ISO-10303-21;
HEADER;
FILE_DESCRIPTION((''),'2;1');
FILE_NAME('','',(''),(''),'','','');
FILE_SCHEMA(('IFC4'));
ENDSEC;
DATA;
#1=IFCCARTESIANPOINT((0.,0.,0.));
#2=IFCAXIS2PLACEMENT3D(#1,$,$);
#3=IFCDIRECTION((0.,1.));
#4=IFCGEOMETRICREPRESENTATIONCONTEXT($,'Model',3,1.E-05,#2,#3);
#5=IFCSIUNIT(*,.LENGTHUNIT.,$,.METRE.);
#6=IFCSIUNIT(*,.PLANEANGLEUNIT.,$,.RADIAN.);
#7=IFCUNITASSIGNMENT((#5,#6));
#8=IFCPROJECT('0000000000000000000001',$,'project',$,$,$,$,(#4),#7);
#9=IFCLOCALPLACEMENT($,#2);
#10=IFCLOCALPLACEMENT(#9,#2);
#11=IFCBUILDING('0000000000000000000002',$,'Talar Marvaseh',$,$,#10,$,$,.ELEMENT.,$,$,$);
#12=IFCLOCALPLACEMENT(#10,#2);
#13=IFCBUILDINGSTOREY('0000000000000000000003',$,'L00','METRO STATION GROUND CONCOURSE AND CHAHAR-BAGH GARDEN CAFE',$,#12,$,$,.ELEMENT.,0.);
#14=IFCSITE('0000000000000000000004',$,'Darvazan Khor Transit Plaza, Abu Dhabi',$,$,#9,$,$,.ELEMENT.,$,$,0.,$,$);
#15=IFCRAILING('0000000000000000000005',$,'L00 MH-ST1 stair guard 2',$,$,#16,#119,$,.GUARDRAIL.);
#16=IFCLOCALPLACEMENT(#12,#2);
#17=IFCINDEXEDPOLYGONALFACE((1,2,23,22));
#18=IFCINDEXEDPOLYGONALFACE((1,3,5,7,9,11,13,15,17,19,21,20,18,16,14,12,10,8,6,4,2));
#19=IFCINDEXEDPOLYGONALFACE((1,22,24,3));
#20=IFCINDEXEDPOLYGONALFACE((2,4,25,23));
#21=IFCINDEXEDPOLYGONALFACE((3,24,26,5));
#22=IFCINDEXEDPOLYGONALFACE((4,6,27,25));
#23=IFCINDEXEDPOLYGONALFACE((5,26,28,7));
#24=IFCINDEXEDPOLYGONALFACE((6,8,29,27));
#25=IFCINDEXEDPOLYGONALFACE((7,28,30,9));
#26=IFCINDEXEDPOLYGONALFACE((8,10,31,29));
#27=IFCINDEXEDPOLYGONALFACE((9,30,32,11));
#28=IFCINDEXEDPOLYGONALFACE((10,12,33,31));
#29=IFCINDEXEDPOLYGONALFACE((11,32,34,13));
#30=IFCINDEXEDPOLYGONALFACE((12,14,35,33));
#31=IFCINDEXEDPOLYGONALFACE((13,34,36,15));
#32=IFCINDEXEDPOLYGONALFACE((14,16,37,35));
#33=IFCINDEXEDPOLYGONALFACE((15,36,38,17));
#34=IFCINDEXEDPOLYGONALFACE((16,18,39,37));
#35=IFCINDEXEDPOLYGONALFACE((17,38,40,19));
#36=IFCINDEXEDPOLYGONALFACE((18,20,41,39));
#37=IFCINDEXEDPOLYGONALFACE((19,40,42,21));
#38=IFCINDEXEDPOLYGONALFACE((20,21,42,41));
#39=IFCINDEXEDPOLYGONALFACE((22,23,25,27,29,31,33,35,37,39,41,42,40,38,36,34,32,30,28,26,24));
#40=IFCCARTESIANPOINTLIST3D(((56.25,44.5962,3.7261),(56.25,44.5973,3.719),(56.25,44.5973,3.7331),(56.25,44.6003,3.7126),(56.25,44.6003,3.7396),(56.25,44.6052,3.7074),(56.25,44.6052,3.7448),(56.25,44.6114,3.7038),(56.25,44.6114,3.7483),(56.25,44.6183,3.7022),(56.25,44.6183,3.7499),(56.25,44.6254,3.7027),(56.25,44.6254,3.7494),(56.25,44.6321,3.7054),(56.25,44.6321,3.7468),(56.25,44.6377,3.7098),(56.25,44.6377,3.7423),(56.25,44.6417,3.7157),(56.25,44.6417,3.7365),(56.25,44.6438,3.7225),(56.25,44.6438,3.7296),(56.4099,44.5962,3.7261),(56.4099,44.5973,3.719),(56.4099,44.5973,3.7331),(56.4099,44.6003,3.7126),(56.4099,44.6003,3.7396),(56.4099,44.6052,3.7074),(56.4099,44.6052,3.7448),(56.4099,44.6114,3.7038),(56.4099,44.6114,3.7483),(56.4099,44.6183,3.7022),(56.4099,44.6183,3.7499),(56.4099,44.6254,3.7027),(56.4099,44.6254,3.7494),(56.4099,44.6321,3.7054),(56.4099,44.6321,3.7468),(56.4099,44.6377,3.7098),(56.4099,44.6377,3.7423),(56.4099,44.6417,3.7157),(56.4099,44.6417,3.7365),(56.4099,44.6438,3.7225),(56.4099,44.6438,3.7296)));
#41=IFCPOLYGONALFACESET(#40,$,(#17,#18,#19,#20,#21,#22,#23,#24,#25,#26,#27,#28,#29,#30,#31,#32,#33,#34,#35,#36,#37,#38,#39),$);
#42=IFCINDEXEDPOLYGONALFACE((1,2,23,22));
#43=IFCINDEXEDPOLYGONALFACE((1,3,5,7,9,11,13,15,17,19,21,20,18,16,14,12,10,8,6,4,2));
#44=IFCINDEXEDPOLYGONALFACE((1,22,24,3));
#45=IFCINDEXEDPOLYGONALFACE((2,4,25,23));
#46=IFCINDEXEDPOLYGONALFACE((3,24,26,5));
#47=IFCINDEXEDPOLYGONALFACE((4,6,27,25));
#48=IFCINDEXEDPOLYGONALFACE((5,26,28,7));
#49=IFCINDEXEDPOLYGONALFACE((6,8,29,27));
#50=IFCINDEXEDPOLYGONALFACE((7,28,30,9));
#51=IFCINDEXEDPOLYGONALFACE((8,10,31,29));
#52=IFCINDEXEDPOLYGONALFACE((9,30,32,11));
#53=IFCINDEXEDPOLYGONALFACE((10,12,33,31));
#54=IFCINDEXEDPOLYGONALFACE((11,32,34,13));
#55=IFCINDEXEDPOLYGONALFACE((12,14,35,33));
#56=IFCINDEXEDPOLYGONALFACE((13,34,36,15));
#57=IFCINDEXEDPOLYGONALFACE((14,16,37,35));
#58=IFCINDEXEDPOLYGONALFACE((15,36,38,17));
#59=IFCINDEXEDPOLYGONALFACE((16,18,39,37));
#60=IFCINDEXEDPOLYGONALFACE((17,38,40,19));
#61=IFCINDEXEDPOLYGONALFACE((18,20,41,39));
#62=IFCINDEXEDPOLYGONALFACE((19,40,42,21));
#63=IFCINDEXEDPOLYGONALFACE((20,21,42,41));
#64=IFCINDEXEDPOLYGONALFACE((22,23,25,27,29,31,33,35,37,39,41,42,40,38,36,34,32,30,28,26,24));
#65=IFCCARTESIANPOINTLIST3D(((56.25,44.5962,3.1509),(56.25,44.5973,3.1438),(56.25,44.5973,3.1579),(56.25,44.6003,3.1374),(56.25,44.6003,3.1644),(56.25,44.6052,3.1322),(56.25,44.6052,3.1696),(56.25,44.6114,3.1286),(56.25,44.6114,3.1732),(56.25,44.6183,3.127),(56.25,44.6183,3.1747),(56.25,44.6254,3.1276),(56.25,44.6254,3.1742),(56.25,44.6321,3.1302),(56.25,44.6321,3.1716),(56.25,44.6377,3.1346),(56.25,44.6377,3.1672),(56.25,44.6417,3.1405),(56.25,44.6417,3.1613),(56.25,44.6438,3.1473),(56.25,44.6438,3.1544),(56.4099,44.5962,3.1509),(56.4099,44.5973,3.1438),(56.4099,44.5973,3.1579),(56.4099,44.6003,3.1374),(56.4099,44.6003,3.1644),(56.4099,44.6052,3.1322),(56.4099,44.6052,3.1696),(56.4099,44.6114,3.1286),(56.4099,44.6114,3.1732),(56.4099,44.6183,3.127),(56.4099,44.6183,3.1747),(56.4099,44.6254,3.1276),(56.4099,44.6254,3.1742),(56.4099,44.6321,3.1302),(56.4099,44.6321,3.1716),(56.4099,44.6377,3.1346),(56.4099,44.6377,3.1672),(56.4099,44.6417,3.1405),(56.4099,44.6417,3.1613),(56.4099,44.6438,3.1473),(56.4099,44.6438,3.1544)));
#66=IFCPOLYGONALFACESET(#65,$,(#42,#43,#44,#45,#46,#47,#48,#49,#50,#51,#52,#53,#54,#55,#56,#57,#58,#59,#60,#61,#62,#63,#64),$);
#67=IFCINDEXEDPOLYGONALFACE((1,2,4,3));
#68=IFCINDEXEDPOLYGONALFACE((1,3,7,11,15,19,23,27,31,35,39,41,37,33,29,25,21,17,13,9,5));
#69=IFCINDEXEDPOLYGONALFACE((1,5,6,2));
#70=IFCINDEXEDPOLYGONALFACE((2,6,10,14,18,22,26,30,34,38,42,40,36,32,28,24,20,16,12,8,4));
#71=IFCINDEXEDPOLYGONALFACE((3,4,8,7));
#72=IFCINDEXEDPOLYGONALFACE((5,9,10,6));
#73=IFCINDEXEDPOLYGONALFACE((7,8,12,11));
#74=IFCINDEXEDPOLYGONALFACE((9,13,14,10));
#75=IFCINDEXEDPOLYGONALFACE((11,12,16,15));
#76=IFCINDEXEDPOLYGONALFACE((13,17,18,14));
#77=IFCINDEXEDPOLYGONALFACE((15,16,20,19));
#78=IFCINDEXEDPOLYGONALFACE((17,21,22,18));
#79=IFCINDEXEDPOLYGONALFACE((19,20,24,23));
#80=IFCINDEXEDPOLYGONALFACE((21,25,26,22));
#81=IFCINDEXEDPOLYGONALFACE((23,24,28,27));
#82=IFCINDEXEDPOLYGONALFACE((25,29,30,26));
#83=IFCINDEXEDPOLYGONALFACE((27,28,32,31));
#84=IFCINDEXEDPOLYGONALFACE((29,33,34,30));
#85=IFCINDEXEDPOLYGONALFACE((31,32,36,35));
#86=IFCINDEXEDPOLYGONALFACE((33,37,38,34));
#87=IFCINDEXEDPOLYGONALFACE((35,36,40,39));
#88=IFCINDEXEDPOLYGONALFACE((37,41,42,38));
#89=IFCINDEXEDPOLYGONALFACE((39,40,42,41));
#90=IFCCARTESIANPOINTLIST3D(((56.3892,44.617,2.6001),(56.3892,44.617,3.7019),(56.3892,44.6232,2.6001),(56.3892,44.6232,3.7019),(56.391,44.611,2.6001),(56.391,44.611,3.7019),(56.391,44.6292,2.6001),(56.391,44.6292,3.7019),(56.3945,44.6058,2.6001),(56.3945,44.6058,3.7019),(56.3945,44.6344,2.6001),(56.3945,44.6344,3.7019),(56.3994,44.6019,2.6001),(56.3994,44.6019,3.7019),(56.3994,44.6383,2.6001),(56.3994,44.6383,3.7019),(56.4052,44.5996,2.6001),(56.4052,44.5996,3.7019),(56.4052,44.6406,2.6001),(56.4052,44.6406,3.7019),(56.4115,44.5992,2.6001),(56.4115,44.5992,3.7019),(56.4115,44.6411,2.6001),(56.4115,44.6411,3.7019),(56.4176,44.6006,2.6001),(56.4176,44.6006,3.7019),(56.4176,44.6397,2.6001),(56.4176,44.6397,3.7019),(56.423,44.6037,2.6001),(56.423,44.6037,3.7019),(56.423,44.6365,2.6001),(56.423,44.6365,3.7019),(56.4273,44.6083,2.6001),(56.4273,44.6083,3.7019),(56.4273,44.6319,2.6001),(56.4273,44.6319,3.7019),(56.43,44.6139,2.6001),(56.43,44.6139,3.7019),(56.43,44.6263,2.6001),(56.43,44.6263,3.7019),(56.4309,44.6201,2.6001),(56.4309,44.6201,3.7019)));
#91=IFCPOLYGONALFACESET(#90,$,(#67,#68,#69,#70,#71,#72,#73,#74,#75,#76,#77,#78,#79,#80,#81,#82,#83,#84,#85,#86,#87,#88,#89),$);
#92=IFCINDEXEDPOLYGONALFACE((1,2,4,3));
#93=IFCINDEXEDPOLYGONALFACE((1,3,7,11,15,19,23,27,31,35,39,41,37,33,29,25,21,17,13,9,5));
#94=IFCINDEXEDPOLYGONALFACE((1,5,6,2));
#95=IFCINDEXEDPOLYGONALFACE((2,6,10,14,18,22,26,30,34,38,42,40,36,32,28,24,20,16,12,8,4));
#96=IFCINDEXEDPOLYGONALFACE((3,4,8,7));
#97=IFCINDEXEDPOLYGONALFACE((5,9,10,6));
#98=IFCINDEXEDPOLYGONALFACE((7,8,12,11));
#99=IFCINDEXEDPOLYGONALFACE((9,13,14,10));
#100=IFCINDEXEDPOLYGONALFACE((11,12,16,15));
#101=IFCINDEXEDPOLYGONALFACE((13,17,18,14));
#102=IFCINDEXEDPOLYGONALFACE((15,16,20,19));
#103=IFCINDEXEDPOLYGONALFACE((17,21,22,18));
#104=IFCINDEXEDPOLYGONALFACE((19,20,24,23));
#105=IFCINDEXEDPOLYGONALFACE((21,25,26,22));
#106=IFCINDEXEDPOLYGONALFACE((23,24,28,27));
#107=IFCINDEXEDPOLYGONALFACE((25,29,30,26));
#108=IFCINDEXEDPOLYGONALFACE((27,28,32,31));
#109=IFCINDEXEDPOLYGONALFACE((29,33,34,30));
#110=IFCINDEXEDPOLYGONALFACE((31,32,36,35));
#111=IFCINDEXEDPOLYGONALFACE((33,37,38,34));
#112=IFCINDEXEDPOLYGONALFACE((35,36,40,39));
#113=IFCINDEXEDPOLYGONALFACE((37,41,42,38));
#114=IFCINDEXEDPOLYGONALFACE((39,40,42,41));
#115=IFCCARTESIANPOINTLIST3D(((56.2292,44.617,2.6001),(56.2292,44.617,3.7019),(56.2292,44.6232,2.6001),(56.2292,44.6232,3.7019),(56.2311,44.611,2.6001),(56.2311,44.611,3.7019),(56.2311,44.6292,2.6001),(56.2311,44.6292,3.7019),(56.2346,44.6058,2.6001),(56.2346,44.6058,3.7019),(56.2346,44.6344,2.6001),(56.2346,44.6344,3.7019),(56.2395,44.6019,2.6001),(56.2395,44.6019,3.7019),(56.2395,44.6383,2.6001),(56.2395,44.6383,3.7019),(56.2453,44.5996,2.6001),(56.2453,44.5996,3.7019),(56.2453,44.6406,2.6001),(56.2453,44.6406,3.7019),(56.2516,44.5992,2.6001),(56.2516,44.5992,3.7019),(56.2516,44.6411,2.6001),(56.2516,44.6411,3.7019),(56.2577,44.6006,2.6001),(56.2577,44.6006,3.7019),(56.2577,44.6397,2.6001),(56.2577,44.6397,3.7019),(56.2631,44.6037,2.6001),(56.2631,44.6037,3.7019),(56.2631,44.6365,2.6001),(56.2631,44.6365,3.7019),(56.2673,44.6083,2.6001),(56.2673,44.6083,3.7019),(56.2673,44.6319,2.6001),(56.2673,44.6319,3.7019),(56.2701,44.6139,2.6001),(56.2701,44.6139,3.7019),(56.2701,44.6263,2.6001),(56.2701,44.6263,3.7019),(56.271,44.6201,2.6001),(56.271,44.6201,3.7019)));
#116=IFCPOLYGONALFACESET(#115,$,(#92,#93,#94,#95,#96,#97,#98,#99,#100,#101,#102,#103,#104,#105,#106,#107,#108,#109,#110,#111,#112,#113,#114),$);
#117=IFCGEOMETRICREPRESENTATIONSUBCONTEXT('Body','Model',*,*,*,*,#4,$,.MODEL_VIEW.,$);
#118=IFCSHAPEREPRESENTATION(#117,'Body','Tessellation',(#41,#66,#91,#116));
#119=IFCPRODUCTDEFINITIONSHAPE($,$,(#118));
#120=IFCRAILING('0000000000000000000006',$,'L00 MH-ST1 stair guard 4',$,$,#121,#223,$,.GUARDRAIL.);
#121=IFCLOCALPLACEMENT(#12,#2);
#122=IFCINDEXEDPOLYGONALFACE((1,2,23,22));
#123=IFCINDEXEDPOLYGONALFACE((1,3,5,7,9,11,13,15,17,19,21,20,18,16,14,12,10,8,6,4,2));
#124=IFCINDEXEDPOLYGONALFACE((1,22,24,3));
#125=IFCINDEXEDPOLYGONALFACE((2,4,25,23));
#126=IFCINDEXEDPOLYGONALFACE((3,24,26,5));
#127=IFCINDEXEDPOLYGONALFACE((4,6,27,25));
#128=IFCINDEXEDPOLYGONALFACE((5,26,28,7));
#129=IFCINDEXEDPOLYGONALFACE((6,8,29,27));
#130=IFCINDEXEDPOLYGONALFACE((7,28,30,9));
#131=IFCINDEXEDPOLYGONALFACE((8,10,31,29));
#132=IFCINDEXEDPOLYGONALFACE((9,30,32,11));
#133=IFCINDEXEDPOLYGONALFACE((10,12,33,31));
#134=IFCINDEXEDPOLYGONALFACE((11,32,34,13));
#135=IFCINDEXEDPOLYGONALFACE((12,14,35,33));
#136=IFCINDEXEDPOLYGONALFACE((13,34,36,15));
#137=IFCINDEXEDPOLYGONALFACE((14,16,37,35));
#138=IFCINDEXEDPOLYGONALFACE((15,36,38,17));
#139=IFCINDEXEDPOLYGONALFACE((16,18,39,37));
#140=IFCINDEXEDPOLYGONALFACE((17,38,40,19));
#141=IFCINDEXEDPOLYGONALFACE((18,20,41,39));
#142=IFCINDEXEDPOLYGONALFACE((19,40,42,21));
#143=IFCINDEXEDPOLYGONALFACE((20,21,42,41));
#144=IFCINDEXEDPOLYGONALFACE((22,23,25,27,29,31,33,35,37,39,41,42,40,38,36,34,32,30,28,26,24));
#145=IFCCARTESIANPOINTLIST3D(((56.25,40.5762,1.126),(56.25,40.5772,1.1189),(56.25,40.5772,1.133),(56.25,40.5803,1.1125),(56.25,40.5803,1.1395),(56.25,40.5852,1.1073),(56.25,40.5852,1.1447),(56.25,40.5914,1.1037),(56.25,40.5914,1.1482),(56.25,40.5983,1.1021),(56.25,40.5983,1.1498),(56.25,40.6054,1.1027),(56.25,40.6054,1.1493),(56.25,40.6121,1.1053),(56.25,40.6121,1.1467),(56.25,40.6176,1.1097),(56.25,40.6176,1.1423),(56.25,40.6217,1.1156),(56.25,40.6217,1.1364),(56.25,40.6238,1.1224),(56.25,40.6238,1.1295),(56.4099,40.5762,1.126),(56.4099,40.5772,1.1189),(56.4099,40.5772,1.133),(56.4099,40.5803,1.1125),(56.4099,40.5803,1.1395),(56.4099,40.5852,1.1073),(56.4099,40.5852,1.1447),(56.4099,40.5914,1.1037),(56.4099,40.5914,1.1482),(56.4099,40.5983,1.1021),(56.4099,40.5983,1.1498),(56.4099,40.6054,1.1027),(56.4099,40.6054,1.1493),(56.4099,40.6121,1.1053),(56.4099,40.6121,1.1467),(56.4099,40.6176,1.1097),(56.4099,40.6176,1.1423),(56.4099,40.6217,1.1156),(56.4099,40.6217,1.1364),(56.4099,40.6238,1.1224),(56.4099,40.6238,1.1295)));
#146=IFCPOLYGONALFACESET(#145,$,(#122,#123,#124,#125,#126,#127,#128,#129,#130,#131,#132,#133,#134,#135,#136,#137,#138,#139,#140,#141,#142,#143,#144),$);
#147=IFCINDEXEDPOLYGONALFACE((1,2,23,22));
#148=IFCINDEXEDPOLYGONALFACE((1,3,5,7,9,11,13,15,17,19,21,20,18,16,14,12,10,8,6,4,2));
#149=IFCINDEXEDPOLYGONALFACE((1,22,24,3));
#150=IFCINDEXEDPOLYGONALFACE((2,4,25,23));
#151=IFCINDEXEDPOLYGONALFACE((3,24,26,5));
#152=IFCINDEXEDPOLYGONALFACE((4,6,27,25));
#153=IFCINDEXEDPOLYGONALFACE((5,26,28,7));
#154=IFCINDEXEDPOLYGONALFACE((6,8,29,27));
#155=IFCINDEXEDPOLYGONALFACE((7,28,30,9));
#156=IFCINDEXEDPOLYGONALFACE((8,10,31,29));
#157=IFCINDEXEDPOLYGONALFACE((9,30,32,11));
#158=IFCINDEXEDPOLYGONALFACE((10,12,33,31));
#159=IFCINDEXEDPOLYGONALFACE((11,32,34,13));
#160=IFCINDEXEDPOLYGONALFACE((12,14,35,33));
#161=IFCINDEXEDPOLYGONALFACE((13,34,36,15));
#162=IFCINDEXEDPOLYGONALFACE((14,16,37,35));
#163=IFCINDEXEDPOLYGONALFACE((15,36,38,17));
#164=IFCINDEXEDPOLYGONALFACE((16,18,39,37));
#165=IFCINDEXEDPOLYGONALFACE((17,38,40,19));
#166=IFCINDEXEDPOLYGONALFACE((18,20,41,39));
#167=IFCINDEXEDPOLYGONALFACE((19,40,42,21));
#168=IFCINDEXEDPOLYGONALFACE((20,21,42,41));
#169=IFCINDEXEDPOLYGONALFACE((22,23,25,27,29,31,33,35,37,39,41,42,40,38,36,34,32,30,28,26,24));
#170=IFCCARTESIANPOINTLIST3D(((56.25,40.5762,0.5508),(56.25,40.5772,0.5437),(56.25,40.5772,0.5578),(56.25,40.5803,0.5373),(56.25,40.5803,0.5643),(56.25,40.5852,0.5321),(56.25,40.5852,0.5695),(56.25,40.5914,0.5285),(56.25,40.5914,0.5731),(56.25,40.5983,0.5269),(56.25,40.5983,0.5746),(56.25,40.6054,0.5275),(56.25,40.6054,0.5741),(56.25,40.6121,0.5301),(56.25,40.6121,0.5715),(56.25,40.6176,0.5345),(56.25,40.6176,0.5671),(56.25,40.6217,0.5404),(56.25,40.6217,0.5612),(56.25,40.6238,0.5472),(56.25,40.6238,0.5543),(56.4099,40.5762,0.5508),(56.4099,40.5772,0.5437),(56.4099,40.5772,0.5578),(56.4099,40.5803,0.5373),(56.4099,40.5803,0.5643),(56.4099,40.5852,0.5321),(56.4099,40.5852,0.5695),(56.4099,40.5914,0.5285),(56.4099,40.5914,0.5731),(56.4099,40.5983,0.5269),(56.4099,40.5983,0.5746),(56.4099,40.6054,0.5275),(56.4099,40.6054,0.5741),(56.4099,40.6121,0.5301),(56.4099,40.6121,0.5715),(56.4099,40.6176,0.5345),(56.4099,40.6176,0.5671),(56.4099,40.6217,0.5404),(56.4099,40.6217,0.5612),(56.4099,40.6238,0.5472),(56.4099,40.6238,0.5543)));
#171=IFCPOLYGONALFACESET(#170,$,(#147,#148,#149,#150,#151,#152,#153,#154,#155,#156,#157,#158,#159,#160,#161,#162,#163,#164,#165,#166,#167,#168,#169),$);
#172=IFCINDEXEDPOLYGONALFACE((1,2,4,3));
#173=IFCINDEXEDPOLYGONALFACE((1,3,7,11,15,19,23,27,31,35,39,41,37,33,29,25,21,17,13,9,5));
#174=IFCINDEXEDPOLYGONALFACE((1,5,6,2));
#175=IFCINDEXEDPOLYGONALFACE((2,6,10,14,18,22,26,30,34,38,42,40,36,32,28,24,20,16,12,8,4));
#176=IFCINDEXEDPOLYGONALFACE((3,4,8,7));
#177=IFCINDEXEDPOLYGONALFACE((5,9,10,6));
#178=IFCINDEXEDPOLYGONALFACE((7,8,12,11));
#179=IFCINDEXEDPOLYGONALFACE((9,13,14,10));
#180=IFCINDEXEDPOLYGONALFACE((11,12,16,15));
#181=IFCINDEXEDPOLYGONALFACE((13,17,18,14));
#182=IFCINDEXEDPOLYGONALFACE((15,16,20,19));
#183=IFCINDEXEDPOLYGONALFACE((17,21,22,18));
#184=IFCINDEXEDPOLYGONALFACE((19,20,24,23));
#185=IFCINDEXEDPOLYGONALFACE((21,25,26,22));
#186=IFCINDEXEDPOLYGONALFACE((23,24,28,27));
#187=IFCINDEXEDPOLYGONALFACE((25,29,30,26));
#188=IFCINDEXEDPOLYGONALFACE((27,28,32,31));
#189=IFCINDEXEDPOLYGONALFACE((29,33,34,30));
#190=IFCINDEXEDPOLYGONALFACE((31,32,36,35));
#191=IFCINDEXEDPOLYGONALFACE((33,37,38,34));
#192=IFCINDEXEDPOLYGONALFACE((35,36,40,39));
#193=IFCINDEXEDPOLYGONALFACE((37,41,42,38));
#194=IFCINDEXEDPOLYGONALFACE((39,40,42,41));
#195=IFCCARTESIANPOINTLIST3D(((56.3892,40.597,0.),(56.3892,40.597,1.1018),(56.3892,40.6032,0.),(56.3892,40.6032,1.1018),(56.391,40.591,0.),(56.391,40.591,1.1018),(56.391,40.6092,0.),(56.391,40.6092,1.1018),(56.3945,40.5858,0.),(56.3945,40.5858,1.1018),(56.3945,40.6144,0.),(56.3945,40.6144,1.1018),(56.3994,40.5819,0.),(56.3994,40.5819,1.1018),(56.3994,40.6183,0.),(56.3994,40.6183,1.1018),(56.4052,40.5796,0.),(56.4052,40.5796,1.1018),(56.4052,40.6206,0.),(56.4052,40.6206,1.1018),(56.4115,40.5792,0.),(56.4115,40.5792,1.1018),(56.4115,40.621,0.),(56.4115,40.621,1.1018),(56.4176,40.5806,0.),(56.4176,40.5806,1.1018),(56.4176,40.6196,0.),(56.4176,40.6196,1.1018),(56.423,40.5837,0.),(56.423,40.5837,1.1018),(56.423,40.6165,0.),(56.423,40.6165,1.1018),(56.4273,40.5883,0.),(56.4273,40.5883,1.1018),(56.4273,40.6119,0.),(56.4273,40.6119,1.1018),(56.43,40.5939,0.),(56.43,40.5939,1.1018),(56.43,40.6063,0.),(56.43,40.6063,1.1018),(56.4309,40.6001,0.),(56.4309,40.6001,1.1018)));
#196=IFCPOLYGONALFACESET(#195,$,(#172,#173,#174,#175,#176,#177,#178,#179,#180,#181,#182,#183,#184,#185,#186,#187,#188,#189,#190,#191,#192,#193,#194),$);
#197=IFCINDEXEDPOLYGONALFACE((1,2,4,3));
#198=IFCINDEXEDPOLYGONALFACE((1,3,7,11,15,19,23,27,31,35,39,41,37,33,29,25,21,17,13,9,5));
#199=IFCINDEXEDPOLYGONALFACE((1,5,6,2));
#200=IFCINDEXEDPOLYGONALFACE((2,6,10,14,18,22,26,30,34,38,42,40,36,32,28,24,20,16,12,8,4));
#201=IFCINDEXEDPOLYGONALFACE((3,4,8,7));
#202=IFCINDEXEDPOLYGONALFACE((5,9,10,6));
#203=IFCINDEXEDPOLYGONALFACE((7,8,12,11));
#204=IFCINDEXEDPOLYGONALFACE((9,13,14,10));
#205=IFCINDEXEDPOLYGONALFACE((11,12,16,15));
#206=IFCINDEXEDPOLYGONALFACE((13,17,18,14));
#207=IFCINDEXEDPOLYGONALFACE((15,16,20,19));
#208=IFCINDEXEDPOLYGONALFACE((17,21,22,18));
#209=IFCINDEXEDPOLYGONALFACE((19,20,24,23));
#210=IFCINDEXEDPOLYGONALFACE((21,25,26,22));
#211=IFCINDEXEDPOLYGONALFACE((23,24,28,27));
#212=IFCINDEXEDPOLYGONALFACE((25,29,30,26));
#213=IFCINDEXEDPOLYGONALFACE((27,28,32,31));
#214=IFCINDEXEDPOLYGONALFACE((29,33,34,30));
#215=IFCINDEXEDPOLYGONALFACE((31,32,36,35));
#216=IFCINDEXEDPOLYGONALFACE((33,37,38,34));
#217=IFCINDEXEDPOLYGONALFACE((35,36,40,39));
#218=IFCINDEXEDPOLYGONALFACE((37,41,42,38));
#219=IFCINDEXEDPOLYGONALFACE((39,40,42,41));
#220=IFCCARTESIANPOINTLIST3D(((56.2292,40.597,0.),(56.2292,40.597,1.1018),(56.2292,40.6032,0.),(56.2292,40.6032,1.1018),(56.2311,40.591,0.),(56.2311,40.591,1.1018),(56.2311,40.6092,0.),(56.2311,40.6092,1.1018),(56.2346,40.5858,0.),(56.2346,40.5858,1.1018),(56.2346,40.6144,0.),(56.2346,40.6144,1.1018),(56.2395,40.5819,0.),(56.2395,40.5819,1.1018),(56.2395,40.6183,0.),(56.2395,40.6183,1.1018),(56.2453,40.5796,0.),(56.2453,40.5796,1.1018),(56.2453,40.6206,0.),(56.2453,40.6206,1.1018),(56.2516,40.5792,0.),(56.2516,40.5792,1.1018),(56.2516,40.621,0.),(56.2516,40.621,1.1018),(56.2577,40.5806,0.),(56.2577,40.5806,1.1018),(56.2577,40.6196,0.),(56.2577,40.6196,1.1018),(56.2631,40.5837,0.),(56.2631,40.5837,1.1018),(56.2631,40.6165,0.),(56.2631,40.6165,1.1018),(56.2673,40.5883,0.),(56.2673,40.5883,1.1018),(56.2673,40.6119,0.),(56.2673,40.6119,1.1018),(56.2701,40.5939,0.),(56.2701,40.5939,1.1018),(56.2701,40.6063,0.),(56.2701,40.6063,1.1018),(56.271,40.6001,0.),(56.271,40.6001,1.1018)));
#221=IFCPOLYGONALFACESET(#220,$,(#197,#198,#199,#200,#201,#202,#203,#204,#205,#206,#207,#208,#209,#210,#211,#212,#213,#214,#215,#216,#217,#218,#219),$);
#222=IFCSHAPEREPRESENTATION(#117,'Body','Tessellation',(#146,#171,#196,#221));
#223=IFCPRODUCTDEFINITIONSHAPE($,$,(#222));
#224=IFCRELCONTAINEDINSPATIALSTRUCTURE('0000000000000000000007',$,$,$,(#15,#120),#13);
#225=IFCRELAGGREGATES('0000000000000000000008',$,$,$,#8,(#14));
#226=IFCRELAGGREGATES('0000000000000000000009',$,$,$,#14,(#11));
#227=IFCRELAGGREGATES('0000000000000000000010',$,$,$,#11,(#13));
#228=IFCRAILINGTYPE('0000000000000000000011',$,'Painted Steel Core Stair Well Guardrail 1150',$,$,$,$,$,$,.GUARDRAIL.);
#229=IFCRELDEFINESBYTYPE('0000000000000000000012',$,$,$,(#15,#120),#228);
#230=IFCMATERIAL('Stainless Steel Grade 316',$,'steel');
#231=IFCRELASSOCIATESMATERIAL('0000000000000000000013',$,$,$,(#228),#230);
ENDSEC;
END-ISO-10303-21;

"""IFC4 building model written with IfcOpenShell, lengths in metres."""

from ifc_helpers import new_model, si_unit, direction, frame, origin, origin_2d, place, context, subcontext, project, spatial, circle, extrude, material, type_object, element, save


model = new_model("IFC4")

# Units and contexts
model_context = context("Model", 3, precision=1e-05, world=origin(), true_north=direction((0.0, 1.0)))
body_context = subcontext(model_context, "Body", "Model", "MODEL_VIEW")
ifc_project = project(units=[si_unit("LENGTHUNIT", "METRE"), si_unit("PLANEANGLEUNIT", "RADIAN")], contexts=[model_context])

# Site, building, storey
site_placement = place(None, origin())
site = spatial("IfcSite", under=ifc_project, at=site_placement, Name="Darvazan Khor Transit Plaza, Abu Dhabi", CompositionType="ELEMENT", RefElevation=0.0)
building_placement = place(site_placement, origin())
building = spatial("IfcBuilding", under=site, at=building_placement, Name="Talar Marvaseh", CompositionType="ELEMENT")
storey_placement = place(building_placement, origin())
storey = spatial("IfcBuildingStorey", under=building, at=storey_placement, Name="L00", Description="METRO STATION GROUND CONCOURSE AND CHAHAR-BAGH GARDEN CAFE", CompositionType="ELEMENT", Elevation=0.0)

# Shared definitions
ifc_material_1 = material(Name="Stainless Steel Grade 316", Category="steel")

# Railings
railing_type_1 = type_object("IfcRailingType", Name="Painted Steel Core Stair Well Guardrail 1150", PredefinedType="GUARDRAIL", material=ifc_material_1)
for number, where, name in (
    (1, (56.4099, 44.6201, 2.6001), "L00 MH-ST1 stair guard 2"),
    (2, (56.4099, 40.6001, 0.0), "L00 MH-ST1 stair guard 4"),
):
    element("IfcRailing", number, at=place(storey_placement, frame(where)), inside=storey, type_object=railing_type_1, Name=name, PredefinedType="GUARDRAIL", context=body_context, shape_type="SweptSolid", body=[
        extrude(circle(Radius=0.0239, at=origin_2d()), frame((0.0, 0.0, 1.126), z_axis=(-1.0, 0.0, 0.0), x_axis=(0.0, -1.0, 0.0)), (0.0, 0.0, 1.0), 0.1599),
        extrude(circle(Radius=0.0239, at=origin_2d()), frame((0.0, 0.0, 0.5508), z_axis=(-1.0, 0.0, 0.0), x_axis=(0.0, -1.0, 0.0)), (0.0, 0.0, 1.0), 0.1599),
        extrude(circle(Radius=0.021, at=origin_2d()), origin(), (0.0, 0.0, 1.0), 1.1018),
        extrude(circle(Radius=0.021, at=origin_2d()), frame((-0.1599, 0.0, 0.0)), (0.0, 0.0, 1.0), 1.1018),
    ])

save(model, "model.ifc")
